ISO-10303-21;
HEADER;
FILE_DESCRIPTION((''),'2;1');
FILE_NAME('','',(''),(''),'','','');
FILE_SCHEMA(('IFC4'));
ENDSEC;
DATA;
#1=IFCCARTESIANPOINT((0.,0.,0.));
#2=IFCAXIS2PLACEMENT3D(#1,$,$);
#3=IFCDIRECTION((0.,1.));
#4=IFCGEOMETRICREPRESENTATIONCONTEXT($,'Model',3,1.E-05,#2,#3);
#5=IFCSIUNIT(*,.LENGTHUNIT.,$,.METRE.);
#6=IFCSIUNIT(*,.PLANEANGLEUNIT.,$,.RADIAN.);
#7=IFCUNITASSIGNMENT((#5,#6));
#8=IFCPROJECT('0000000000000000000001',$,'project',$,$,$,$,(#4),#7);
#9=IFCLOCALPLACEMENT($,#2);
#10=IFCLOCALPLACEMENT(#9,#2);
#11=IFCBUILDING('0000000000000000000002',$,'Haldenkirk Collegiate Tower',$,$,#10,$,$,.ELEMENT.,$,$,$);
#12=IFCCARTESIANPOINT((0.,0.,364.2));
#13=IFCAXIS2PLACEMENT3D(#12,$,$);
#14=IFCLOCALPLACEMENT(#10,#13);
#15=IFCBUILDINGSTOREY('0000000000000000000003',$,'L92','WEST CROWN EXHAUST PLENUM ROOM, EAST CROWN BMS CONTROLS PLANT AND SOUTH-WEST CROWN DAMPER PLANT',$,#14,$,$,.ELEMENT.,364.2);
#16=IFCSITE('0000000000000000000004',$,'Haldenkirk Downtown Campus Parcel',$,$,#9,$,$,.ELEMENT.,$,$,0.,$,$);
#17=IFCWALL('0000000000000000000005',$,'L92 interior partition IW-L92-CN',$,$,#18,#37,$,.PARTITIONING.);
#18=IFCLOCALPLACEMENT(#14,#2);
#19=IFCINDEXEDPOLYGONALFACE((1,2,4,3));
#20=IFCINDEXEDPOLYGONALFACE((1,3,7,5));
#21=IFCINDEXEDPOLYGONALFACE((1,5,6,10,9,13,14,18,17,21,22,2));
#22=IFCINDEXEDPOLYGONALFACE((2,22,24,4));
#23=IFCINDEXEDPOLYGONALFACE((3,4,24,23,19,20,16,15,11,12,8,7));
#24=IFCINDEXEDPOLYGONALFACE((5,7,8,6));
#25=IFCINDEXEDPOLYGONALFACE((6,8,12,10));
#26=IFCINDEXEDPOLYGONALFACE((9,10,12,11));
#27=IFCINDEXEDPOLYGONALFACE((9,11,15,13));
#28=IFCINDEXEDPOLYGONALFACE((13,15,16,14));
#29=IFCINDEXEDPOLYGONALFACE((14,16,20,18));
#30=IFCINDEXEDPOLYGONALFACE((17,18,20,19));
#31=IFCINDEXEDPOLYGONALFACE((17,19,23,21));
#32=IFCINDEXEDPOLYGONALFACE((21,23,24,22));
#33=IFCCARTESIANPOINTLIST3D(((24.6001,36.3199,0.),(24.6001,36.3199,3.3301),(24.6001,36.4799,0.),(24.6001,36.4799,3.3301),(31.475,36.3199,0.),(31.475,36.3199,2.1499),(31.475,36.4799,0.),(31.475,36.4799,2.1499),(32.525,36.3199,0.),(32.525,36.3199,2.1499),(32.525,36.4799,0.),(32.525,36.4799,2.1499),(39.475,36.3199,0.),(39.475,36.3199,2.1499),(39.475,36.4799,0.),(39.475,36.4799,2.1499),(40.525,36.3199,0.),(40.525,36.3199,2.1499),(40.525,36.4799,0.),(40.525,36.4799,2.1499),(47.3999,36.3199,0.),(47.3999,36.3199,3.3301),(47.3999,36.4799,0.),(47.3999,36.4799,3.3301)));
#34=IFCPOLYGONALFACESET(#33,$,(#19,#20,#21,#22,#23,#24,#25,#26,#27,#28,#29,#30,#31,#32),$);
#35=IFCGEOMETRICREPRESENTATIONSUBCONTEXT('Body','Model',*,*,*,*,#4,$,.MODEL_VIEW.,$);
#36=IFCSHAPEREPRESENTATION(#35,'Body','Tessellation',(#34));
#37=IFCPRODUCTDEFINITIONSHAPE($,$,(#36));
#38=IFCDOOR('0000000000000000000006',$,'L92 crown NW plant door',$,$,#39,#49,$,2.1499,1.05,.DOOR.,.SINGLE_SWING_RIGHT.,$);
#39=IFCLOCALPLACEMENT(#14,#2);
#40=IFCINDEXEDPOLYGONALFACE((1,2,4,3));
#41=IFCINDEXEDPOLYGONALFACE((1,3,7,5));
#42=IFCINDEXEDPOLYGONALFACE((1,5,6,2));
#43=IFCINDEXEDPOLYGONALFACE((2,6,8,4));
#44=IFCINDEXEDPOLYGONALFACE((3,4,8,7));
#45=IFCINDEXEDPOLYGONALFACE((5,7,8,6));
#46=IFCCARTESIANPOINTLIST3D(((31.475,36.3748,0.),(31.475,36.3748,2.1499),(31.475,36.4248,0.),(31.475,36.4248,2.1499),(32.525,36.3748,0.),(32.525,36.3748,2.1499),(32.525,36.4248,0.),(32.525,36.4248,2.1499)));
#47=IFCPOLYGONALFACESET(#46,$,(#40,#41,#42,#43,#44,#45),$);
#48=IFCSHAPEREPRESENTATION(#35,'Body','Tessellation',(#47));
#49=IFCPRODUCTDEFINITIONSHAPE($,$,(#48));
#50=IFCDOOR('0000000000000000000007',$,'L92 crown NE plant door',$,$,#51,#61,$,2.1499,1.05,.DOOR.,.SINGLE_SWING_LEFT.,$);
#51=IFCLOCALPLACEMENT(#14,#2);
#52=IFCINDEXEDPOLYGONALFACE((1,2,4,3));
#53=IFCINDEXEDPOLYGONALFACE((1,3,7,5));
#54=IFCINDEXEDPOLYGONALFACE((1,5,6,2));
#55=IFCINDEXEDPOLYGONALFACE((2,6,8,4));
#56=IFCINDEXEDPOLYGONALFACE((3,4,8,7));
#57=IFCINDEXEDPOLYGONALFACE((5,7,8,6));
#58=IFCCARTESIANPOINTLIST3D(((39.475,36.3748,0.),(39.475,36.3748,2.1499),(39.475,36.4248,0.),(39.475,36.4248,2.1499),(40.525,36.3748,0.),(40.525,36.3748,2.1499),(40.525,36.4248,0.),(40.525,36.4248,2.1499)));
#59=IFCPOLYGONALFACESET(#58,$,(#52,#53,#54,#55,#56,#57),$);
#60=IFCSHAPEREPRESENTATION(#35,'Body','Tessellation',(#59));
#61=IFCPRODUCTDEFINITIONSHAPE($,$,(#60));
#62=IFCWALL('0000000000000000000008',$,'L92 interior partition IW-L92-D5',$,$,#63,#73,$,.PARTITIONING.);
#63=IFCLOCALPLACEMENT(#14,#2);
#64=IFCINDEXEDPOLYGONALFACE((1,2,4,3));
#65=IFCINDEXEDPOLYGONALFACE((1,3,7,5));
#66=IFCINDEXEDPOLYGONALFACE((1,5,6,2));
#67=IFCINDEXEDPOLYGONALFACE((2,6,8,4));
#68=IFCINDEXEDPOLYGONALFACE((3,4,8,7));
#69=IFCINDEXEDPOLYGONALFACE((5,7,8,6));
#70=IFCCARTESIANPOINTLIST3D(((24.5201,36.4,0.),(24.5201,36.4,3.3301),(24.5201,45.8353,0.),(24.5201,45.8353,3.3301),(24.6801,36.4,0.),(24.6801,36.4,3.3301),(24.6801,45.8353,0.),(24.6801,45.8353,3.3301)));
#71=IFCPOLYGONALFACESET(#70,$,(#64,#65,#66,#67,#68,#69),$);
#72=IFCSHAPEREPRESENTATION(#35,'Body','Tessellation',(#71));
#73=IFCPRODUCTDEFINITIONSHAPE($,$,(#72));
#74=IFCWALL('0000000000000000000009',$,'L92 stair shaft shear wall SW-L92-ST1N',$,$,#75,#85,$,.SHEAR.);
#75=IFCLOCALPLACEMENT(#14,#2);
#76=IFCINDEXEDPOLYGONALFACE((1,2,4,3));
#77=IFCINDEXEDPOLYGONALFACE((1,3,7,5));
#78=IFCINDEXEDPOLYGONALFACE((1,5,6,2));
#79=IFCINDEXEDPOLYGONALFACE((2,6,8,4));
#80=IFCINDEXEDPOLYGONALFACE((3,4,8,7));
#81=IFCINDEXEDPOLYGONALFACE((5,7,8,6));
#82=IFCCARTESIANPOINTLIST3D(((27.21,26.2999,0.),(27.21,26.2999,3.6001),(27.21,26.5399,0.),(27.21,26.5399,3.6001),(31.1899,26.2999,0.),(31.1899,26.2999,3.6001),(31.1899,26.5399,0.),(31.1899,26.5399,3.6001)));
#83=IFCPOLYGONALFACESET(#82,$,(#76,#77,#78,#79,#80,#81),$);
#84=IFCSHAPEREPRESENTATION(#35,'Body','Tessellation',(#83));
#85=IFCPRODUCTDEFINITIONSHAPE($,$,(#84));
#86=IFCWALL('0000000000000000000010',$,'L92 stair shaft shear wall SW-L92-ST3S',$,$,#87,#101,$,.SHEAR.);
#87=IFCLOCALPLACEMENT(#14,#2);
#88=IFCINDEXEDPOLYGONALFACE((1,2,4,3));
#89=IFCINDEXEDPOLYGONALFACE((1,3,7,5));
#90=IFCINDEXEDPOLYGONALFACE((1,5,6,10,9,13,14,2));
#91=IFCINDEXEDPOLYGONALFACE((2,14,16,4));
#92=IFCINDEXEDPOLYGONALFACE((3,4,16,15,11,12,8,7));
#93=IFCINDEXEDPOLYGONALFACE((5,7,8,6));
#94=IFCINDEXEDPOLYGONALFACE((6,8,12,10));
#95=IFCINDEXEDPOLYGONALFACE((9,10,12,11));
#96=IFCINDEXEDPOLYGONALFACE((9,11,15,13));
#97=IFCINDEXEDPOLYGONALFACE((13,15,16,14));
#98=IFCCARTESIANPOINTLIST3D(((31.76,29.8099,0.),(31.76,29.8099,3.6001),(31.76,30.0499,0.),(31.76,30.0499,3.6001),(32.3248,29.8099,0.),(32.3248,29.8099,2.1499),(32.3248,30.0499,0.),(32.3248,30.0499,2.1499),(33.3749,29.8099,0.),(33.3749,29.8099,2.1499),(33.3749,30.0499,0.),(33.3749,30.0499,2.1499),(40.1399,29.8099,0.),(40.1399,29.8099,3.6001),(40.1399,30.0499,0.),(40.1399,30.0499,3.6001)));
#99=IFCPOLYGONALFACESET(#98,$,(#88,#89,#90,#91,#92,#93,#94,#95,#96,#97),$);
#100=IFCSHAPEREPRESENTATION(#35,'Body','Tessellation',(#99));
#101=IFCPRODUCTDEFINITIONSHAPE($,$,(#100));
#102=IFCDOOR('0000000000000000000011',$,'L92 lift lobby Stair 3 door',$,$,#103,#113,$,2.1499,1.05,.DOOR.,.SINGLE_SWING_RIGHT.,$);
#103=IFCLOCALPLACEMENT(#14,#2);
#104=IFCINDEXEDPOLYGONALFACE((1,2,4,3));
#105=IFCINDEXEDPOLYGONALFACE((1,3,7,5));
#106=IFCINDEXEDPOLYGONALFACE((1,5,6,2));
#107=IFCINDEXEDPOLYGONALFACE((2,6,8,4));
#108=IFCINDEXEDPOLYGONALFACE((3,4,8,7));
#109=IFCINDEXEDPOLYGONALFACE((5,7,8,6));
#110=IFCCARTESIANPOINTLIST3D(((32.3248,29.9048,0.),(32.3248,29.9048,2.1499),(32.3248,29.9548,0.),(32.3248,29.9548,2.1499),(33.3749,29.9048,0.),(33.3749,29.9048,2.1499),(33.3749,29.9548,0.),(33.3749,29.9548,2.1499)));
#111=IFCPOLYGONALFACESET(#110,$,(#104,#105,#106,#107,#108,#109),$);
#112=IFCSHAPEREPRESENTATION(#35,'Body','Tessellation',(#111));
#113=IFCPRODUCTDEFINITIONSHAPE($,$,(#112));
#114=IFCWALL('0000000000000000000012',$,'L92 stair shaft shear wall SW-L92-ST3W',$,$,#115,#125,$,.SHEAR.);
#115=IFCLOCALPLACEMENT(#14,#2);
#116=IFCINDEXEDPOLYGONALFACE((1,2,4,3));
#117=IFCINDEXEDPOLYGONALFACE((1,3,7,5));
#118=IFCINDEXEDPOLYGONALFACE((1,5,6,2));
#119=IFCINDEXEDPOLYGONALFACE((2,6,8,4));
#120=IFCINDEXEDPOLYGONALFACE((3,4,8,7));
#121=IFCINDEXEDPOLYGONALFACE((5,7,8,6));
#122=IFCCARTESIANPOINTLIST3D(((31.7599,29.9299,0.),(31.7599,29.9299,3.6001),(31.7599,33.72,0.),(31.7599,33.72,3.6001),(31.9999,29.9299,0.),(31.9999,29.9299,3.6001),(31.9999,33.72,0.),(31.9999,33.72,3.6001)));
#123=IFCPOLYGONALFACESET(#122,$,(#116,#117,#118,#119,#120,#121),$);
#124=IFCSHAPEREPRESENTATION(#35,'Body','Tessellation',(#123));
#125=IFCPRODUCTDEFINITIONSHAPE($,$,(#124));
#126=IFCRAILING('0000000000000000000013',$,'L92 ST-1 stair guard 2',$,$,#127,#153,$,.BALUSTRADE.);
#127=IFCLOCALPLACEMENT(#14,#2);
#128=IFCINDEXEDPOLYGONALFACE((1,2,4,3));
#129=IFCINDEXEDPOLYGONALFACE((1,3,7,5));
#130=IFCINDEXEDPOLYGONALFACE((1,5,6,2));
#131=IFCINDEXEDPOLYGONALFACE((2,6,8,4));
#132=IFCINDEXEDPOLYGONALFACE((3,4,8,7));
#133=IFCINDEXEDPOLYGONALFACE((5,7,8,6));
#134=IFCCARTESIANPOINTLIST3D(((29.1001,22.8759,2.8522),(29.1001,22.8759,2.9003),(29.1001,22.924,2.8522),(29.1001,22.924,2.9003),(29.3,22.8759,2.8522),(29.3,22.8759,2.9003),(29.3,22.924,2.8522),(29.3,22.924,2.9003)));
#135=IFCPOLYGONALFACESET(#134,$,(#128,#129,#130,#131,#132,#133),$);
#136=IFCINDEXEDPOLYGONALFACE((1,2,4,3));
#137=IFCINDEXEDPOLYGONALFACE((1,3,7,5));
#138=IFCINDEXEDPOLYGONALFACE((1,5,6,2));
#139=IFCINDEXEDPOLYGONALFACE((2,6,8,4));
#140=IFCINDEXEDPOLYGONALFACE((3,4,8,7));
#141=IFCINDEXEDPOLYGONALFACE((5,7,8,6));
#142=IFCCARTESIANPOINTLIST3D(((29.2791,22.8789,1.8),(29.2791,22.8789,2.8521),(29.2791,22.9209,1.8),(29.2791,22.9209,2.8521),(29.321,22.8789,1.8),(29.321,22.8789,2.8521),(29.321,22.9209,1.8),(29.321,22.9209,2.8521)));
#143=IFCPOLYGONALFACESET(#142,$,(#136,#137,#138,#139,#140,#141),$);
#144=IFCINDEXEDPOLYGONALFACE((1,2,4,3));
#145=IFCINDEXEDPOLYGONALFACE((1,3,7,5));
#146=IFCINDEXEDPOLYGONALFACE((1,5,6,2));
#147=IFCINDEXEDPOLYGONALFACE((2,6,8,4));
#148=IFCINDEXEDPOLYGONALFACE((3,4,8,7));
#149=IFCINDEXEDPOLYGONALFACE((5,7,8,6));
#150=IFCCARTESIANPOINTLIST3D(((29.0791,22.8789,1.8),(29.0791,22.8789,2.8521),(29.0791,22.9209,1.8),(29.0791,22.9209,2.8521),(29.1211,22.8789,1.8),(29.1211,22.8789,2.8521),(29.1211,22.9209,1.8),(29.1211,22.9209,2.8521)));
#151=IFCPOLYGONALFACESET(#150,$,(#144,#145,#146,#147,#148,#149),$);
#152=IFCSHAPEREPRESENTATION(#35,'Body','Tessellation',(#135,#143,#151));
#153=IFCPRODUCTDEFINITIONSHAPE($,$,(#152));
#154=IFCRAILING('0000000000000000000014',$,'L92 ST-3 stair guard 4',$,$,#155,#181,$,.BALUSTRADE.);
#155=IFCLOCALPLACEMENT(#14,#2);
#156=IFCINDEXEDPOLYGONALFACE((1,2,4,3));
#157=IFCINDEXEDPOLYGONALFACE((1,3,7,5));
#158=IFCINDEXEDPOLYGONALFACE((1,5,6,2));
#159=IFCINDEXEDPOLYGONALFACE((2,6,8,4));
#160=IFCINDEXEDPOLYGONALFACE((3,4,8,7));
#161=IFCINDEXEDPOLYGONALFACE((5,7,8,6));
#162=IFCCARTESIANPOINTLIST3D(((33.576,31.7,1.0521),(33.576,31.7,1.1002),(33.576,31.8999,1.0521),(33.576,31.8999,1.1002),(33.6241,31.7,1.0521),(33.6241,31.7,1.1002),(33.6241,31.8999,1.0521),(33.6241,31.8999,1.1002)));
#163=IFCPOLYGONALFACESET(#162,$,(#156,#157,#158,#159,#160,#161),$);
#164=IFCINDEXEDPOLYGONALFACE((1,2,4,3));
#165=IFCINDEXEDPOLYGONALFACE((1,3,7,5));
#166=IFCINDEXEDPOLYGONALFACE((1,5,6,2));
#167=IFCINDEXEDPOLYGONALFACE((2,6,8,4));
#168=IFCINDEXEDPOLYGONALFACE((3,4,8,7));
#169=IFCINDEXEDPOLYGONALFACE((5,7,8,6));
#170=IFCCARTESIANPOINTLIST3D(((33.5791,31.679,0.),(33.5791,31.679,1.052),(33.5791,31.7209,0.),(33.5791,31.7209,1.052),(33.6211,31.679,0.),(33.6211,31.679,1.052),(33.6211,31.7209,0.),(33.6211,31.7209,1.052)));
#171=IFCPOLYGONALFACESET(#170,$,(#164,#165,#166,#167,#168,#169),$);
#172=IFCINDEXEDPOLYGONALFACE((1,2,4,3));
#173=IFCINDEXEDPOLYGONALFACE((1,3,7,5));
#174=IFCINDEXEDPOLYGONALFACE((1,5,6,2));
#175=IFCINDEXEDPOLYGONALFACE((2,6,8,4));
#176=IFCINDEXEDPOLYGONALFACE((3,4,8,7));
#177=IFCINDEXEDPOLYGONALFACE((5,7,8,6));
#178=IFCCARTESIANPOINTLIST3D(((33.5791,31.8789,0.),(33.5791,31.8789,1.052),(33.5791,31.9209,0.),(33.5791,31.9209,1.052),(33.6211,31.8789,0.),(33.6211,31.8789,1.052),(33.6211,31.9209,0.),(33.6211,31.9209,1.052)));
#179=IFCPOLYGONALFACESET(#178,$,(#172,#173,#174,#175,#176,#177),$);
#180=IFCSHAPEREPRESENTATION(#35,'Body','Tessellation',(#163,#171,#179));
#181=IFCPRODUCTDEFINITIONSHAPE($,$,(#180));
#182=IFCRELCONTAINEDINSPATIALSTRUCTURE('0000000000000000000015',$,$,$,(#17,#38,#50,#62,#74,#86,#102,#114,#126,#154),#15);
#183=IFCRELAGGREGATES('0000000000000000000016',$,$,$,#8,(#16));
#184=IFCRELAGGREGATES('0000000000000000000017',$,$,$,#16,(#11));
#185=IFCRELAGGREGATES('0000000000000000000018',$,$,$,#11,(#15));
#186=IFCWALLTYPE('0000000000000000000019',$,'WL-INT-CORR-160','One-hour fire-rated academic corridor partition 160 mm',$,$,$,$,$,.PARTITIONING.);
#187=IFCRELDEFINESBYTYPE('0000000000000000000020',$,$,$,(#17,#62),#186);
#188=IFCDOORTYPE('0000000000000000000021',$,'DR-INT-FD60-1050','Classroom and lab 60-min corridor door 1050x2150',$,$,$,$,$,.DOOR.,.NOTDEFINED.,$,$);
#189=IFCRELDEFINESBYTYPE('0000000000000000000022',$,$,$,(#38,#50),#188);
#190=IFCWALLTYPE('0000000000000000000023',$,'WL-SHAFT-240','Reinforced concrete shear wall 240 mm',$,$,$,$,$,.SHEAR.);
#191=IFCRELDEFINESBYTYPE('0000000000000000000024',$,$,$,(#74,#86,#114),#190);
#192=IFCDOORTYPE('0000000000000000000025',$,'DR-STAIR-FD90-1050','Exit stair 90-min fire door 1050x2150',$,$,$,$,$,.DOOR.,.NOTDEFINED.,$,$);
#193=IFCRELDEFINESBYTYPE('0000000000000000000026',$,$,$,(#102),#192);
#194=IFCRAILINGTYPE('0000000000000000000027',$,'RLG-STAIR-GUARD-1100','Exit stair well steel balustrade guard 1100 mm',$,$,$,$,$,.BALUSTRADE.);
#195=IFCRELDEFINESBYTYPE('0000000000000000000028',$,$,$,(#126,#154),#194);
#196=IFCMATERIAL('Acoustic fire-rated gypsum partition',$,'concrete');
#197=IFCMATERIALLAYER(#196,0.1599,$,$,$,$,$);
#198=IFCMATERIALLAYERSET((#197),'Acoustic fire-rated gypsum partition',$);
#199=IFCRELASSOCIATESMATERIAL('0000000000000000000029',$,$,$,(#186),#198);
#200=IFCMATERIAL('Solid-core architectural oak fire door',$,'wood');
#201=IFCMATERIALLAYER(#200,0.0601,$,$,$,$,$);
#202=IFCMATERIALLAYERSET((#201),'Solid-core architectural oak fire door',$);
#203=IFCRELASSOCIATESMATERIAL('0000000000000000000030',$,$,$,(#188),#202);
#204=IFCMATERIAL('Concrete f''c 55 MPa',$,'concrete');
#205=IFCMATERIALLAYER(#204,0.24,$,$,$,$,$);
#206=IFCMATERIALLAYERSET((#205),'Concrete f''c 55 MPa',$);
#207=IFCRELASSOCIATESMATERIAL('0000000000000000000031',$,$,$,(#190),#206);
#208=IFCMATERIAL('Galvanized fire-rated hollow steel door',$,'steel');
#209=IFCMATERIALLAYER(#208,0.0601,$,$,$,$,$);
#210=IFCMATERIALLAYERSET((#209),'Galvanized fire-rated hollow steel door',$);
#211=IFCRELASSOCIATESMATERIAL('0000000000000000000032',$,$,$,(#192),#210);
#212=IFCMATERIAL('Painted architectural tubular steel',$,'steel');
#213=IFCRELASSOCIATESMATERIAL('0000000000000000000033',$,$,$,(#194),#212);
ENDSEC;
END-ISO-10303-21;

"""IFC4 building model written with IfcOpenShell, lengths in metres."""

from ifc_helpers import new_model, si_unit, direction, frame, frame_2d, origin, origin_2d, place, context, subcontext, project, spatial, rectangle, extrude, material, layer, layer_set, type_object, element, fill, save


model = new_model("IFC4")

# Units and contexts
model_context = context("Model", 3, precision=1e-05, world=origin(), true_north=direction((0.0, 1.0)))
body_context = subcontext(model_context, "Body", "Model", "MODEL_VIEW")
ifc_project = project(units=[si_unit("LENGTHUNIT", "METRE"), si_unit("PLANEANGLEUNIT", "RADIAN")], contexts=[model_context])

# Site, building, storey
site_placement = place(None, origin())
site = spatial("IfcSite", under=ifc_project, at=site_placement, Name="Haldenkirk Downtown Campus Parcel", CompositionType="ELEMENT", RefElevation=0.0)
building_placement = place(site_placement, origin())
building = spatial("IfcBuilding", under=site, at=building_placement, Name="Haldenkirk Collegiate Tower", CompositionType="ELEMENT")
storey_placement = place(building_placement, frame((0.0, 0.0, 364.2)))
storey = spatial("IfcBuildingStorey", under=building, at=storey_placement, Name="L92", Description="WEST CROWN EXHAUST PLENUM ROOM, EAST CROWN BMS CONTROLS PLANT AND SOUTH-WEST CROWN DAMPER PLANT", CompositionType="ELEMENT", Elevation=364.2)

# Shared definitions
ifc_material_1 = material(Name="Concrete f'c 55 MPa", Category="concrete")

# Shared definitions
ifc_material_2 = material(Name="Acoustic fire-rated gypsum partition", Category="concrete")
ifc_layer_1 = layer(ifc_material_2, 0.1599)
ifc_layer_set_1 = layer_set([ifc_layer_1], Name="Acoustic fire-rated gypsum partition")
wall_type_1 = type_object("IfcWallType", Name="WL-INT-CORR-160", Description="One-hour fire-rated academic corridor partition 160 mm", PredefinedType="PARTITIONING", material=ifc_layer_set_1)
ifc_material_3 = material(Name="Solid-core architectural oak fire door", Category="wood")

# Wall, openings, doors
wall_1_placement = place(storey_placement, frame((24.6001, 36.3999, 0.0), z_axis=(0.0, 0.0, 1.0), x_axis=(1.0, 0.0, 0.0)))
wall_1 = element("IfcWall", 1, at=wall_1_placement, inside=storey, type_object=wall_type_1, Name="L92 interior partition IW-L92-CN", PredefinedType="PARTITIONING", context=body_context, shape_type="SweptSolid", body=[
    extrude(rectangle(XDim=22.7998, YDim=0.1599, at=frame_2d((11.3999, 0.0))), origin(), (0.0, 0.0, 1.0), 3.3301),
])
opening_1_placement = place(wall_1_placement, frame((6.875, 0.0, 0.0)))
opening_1 = element("IfcOpeningElement", 2, at=opening_1_placement, cuts=wall_1, PredefinedType="OPENING", context=body_context, shape_type="SweptSolid", body=[
    extrude(rectangle(XDim=1.05, YDim=2.1499, at=frame_2d((0.5249, 1.075))), frame((0.0, 0.0898, 0.0), z_axis=(0.0, -1.0, 0.0), x_axis=(1.0, 0.0, 0.0)), (0.0, 0.0, 1.0), 0.1799),
])
opening_2_placement = place(wall_1_placement, frame((14.875, 0.0, 0.0)))
opening_2 = element("IfcOpeningElement", 3, at=opening_2_placement, cuts=wall_1, PredefinedType="OPENING", context=body_context, shape_type="SweptSolid", body=[
    extrude(rectangle(XDim=1.05, YDim=2.1499, at=frame_2d((0.5249, 1.075))), frame((0.0, 0.0898, 0.0), z_axis=(0.0, -1.0, 0.0), x_axis=(1.0, 0.0, 0.0)), (0.0, 0.0, 1.0), 0.1799),
])
ifc_layer_2 = layer(ifc_material_3, 0.0601)
ifc_layer_set_2 = layer_set([ifc_layer_2], Name="Solid-core architectural oak fire door")
door_type_1 = type_object("IfcDoorType", Name="DR-INT-FD60-1050", Description="Classroom and lab 60-min corridor door 1050x2150", OperationType="NOTDEFINED", PredefinedType="DOOR", material=ifc_layer_set_2)
door_1_placement = place(opening_1_placement, origin())
door_1 = element("IfcDoor", 4, at=door_1_placement, inside=storey, type_object=door_type_1, Name="L92 crown NW plant door", OperationType="SINGLE_SWING_RIGHT", OverallHeight=2.1499, OverallWidth=1.05, PredefinedType="DOOR", context=body_context, shape_type="SweptSolid", body=[
    extrude(rectangle(XDim=1.05, YDim=2.1499, at=frame_2d((0.5249, 1.075))), frame((0.0, 0.0249, 0.0), z_axis=(0.0, -1.0, 0.0), x_axis=(1.0, 0.0, 0.0)), (0.0, 0.0, 1.0), 0.05),
])
fill(opening_1, door_1)
door_2_placement = place(opening_2_placement, origin())
door_2 = element("IfcDoor", 5, at=door_2_placement, inside=storey, type_object=door_type_1, Name="L92 crown NE plant door", OperationType="SINGLE_SWING_LEFT", OverallHeight=2.1499, OverallWidth=1.05, PredefinedType="DOOR", context=body_context, shape_type="SweptSolid", body=[
    extrude(rectangle(XDim=1.05, YDim=2.1499, at=frame_2d((0.5249, 1.075))), frame((0.0, 0.0249, 0.0), z_axis=(0.0, -1.0, 0.0), x_axis=(1.0, 0.0, 0.0)), (0.0, 0.0, 1.0), 0.05),
])
fill(opening_2, door_2)

# Walls
wall_2_placement = place(storey_placement, frame((24.6001, 36.3999, 0.0), z_axis=(0.0, 0.0, 1.0), x_axis=(0.0, 1.0, 0.0)))
element("IfcWall", 6, at=wall_2_placement, inside=storey, type_object=wall_type_1, Name="L92 interior partition IW-L92-D5", PredefinedType="PARTITIONING", context=body_context, shape_type="SweptSolid", body=[
    extrude(rectangle(XDim=9.4353, YDim=0.1599, at=frame_2d((4.7178, 0.0))), origin(), (0.0, 0.0, 1.0), 3.3301),
])
ifc_layer_3 = layer(ifc_material_1, 0.24)
ifc_layer_set_3 = layer_set([ifc_layer_3], Name="Concrete f'c 55 MPa")
wall_type_2 = type_object("IfcWallType", Name="WL-SHAFT-240", Description="Reinforced concrete shear wall 240 mm", PredefinedType="SHEAR", material=ifc_layer_set_3)
wall_3_placement = place(storey_placement, frame((27.21, 26.4199, 0.0), z_axis=(0.0, 0.0, 1.0), x_axis=(1.0, 0.0, 0.0)))
element("IfcWall", 7, at=wall_3_placement, inside=storey, type_object=wall_type_2, Name="L92 stair shaft shear wall SW-L92-ST1N", PredefinedType="SHEAR", context=body_context, shape_type="SweptSolid", body=[
    extrude(rectangle(XDim=3.98, YDim=0.24, at=frame_2d((1.99, 0.0))), origin(), (0.0, 0.0, 1.0), 3.6001),
])

# Wall, opening, door
wall_4_placement = place(storey_placement, frame((31.76, 29.9299, 0.0), z_axis=(0.0, 0.0, 1.0), x_axis=(1.0, 0.0, 0.0)))
wall_4 = element("IfcWall", 8, at=wall_4_placement, inside=storey, type_object=wall_type_2, Name="L92 stair shaft shear wall SW-L92-ST3S", PredefinedType="SHEAR", context=body_context, shape_type="SweptSolid", body=[
    extrude(rectangle(XDim=8.3799, YDim=0.24, at=frame_2d((4.1899, 0.0))), origin(), (0.0, 0.0, 1.0), 3.6001),
])
opening_3_placement = place(wall_4_placement, frame((0.5649, 0.0, 0.0)))
opening_3 = element("IfcOpeningElement", 9, at=opening_3_placement, cuts=wall_4, PredefinedType="OPENING", context=body_context, shape_type="SweptSolid", body=[
    extrude(rectangle(XDim=1.05, YDim=2.1499, at=frame_2d((0.5249, 1.075))), frame((0.0, 0.1299, 0.0), z_axis=(0.0, -1.0, 0.0), x_axis=(1.0, 0.0, 0.0)), (0.0, 0.0, 1.0), 0.26),
])
ifc_material_4 = material(Name="Galvanized fire-rated hollow steel door", Category="steel")
ifc_layer_4 = layer(ifc_material_4, 0.0601)
ifc_layer_set_4 = layer_set([ifc_layer_4], Name="Galvanized fire-rated hollow steel door")
door_type_2 = type_object("IfcDoorType", Name="DR-STAIR-FD90-1050", Description="Exit stair 90-min fire door 1050x2150", OperationType="NOTDEFINED", PredefinedType="DOOR", material=ifc_layer_set_4)
door_3_placement = place(opening_3_placement, origin())
door_3 = element("IfcDoor", 10, at=door_3_placement, inside=storey, type_object=door_type_2, Name="L92 lift lobby Stair 3 door", OperationType="SINGLE_SWING_RIGHT", OverallHeight=2.1499, OverallWidth=1.05, PredefinedType="DOOR", context=body_context, shape_type="SweptSolid", body=[
    extrude(rectangle(XDim=1.05, YDim=2.1499, at=frame_2d((0.5249, 1.075))), frame((0.0, 0.0249, 0.0), z_axis=(0.0, -1.0, 0.0), x_axis=(1.0, 0.0, 0.0)), (0.0, 0.0, 1.0), 0.05),
])
fill(opening_3, door_3)

# Wall
wall_5_placement = place(storey_placement, frame((31.8799, 29.9299, 0.0), z_axis=(0.0, 0.0, 1.0), x_axis=(0.0, 1.0, 0.0)))
element("IfcWall", 11, at=wall_5_placement, inside=storey, type_object=wall_type_2, Name="L92 stair shaft shear wall SW-L92-ST3W", PredefinedType="SHEAR", context=body_context, shape_type="SweptSolid", body=[
    extrude(rectangle(XDim=3.79, YDim=0.24, at=frame_2d((1.895, 0.0))), origin(), (0.0, 0.0, 1.0), 3.6001),
])

# Railings
ifc_material_5 = material(Name="Painted architectural tubular steel", Category="steel")
railing_type = type_object("IfcRailingType", Name="RLG-STAIR-GUARD-1100", Description="Exit stair well steel balustrade guard 1100 mm", PredefinedType="BALUSTRADE", material=ifc_material_5)
railing_1_placement = place(storey_placement, frame((29.3, 22.8999, 1.8)))
element("IfcRailing", 12, at=railing_1_placement, inside=storey, type_object=railing_type, Name="L92 ST-1 stair guard 2", PredefinedType="BALUSTRADE", context=body_context, shape_type="SweptSolid", body=[
    extrude(rectangle(XDim=0.0481, YDim=0.0481, at=origin_2d()), frame((0.0, 0.0, 1.0762), z_axis=(-1.0, 0.0, 0.0), x_axis=(0.0, -1.0, 0.0)), (0.0, 0.0, 1.0), 0.2),
    extrude(rectangle(XDim=0.042, YDim=0.042, at=origin_2d()), origin(), (0.0, 0.0, 1.0), 1.052),
    extrude(rectangle(XDim=0.042, YDim=0.042, at=origin_2d()), frame((-0.2, 0.0, 0.0)), (0.0, 0.0, 1.0), 1.052),
])
railing_2_placement = place(storey_placement, frame((33.6001, 31.7, 0.0)))
element("IfcRailing", 13, at=railing_2_placement, inside=storey, type_object=railing_type, Name="L92 ST-3 stair guard 4", PredefinedType="BALUSTRADE", context=body_context, shape_type="SweptSolid", body=[
    extrude(rectangle(XDim=0.0481, YDim=0.0481, at=origin_2d()), frame((0.0, 0.0, 1.0762), z_axis=(0.0, 1.0, 0.0), x_axis=(-1.0, 0.0, 0.0)), (0.0, 0.0, 1.0), 0.2),
    extrude(rectangle(XDim=0.042, YDim=0.042, at=origin_2d()), origin(), (0.0, 0.0, 1.0), 1.052),
    extrude(rectangle(XDim=0.042, YDim=0.042, at=origin_2d()), frame((0.0, 0.2, 0.0)), (0.0, 0.0, 1.0), 1.052),
])

save(model, "model.ifc")
